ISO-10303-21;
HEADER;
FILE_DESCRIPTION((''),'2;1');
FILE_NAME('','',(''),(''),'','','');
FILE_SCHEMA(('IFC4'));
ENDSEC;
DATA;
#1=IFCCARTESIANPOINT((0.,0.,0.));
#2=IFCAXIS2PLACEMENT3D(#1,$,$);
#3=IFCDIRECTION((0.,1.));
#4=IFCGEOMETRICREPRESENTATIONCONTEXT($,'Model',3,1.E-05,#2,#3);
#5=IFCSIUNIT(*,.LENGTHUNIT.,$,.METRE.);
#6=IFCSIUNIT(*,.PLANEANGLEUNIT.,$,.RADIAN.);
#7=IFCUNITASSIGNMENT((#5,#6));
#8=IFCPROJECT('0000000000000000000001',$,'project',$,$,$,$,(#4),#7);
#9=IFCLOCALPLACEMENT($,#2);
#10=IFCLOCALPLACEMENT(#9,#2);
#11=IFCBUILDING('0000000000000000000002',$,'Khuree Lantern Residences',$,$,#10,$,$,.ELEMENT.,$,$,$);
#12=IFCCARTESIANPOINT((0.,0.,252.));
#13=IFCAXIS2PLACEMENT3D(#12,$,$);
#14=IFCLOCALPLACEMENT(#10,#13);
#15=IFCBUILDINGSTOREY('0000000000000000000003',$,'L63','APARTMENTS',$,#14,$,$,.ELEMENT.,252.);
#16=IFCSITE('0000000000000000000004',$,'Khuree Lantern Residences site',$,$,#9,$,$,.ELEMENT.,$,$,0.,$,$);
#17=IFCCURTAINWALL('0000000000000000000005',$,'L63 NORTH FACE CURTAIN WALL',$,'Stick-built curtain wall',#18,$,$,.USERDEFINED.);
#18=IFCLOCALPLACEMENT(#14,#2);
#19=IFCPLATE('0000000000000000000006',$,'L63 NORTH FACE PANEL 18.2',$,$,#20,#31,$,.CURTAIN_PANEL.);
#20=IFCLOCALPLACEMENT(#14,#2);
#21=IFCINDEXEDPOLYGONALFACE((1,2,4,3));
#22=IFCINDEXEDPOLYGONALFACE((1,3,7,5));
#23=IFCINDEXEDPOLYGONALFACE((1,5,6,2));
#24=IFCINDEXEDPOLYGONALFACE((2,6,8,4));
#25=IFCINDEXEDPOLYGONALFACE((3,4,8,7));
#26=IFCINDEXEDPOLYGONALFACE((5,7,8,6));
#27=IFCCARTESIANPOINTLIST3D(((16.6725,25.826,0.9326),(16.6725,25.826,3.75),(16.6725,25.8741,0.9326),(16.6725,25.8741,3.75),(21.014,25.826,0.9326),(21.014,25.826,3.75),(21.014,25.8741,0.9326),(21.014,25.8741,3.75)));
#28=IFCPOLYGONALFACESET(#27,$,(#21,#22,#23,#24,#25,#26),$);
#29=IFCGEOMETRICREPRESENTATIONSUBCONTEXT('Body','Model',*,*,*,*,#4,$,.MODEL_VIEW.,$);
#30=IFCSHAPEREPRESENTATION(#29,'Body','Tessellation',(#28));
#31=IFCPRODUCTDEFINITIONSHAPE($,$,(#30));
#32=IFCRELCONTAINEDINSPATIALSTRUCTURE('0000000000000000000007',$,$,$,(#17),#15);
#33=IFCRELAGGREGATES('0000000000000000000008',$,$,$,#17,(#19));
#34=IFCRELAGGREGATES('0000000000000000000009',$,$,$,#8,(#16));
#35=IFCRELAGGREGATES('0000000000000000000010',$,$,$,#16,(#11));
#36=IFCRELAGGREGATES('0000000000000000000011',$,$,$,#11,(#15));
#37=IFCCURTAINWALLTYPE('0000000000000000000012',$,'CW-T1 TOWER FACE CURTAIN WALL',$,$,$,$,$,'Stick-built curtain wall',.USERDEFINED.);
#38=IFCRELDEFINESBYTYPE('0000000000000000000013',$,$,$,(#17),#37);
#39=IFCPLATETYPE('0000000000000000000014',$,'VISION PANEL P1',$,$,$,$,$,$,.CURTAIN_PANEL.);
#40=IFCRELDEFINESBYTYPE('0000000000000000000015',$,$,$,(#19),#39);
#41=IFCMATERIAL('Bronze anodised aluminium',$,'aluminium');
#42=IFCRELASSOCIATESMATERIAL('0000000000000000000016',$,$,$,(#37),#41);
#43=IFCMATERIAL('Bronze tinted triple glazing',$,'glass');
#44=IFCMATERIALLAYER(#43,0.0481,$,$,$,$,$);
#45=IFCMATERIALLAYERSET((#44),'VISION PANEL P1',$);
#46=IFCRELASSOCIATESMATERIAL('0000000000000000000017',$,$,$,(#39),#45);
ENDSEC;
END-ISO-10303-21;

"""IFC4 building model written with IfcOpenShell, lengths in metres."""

from ifc_helpers import new_model, si_unit, direction, frame, origin, origin_2d, place, context, subcontext, project, spatial, rectangle, extrude, material, layer, layer_set, type_object, element, aggregate, save


model = new_model("IFC4")

# Units and contexts
model_context = context("Model", 3, precision=1e-05, world=origin(), true_north=direction((0.0, 1.0)))
body_context = subcontext(model_context, "Body", "Model", "MODEL_VIEW")
ifc_project = project(units=[si_unit("LENGTHUNIT", "METRE"), si_unit("PLANEANGLEUNIT", "RADIAN")], contexts=[model_context])

# Site, building, storey
site_placement = place(None, origin())
site = spatial("IfcSite", under=ifc_project, at=site_placement, Name="Khuree Lantern Residences site", CompositionType="ELEMENT", RefElevation=0.0)
building_placement = place(site_placement, origin())
building = spatial("IfcBuilding", under=site, at=building_placement, Name="Khuree Lantern Residences", CompositionType="ELEMENT")
storey_placement = place(building_placement, frame((0.0, 0.0, 252.0)))
storey = spatial("IfcBuildingStorey", under=building, at=storey_placement, Name="L63", Description="APARTMENTS", CompositionType="ELEMENT", Elevation=252.0)

# Curtain wall
ifc_material_1 = material(Name="Bronze anodised aluminium", Category="aluminium")
curtain_wall_type_1 = type_object("IfcCurtainWallType", Name="CW-T1 TOWER FACE CURTAIN WALL", ElementType="Stick-built curtain wall", PredefinedType="USERDEFINED", material=ifc_material_1)
curtain_wall_1_placement = place(storey_placement, origin())
curtain_wall_1 = element("IfcCurtainWall", 1, at=curtain_wall_1_placement, inside=storey, type_object=curtain_wall_type_1, Name="L63 NORTH FACE CURTAIN WALL", ObjectType="Stick-built curtain wall", PredefinedType="USERDEFINED")

# Plate
ifc_material_2 = material(Name="Bronze tinted triple glazing", Category="glass")
ifc_layer_1 = layer(ifc_material_2, 0.0481)
ifc_layer_set_1 = layer_set([ifc_layer_1], Name="VISION PANEL P1")
plate_type_1 = type_object("IfcPlateType", Name="VISION PANEL P1", PredefinedType="CURTAIN_PANEL", material=ifc_layer_set_1)
plate_1_placement = place(storey_placement, frame((18.8433, 25.8501, 0.9326), z_axis=(0.0, 0.0, 1.0), x_axis=(-1.0, 0.0, 0.0)))
plate_1 = element("IfcPlate", 2, at=plate_1_placement, type_object=plate_type_1, Name="L63 NORTH FACE PANEL 18.2", PredefinedType="CURTAIN_PANEL", context=body_context, shape_type="SweptSolid", body=[
    extrude(rectangle(XDim=4.3416, YDim=0.0481, at=origin_2d()), origin(), (0.0, 0.0, 1.0), 2.8174),
])
aggregate(curtain_wall_1, [plate_1])

save(model, "model.ifc")
